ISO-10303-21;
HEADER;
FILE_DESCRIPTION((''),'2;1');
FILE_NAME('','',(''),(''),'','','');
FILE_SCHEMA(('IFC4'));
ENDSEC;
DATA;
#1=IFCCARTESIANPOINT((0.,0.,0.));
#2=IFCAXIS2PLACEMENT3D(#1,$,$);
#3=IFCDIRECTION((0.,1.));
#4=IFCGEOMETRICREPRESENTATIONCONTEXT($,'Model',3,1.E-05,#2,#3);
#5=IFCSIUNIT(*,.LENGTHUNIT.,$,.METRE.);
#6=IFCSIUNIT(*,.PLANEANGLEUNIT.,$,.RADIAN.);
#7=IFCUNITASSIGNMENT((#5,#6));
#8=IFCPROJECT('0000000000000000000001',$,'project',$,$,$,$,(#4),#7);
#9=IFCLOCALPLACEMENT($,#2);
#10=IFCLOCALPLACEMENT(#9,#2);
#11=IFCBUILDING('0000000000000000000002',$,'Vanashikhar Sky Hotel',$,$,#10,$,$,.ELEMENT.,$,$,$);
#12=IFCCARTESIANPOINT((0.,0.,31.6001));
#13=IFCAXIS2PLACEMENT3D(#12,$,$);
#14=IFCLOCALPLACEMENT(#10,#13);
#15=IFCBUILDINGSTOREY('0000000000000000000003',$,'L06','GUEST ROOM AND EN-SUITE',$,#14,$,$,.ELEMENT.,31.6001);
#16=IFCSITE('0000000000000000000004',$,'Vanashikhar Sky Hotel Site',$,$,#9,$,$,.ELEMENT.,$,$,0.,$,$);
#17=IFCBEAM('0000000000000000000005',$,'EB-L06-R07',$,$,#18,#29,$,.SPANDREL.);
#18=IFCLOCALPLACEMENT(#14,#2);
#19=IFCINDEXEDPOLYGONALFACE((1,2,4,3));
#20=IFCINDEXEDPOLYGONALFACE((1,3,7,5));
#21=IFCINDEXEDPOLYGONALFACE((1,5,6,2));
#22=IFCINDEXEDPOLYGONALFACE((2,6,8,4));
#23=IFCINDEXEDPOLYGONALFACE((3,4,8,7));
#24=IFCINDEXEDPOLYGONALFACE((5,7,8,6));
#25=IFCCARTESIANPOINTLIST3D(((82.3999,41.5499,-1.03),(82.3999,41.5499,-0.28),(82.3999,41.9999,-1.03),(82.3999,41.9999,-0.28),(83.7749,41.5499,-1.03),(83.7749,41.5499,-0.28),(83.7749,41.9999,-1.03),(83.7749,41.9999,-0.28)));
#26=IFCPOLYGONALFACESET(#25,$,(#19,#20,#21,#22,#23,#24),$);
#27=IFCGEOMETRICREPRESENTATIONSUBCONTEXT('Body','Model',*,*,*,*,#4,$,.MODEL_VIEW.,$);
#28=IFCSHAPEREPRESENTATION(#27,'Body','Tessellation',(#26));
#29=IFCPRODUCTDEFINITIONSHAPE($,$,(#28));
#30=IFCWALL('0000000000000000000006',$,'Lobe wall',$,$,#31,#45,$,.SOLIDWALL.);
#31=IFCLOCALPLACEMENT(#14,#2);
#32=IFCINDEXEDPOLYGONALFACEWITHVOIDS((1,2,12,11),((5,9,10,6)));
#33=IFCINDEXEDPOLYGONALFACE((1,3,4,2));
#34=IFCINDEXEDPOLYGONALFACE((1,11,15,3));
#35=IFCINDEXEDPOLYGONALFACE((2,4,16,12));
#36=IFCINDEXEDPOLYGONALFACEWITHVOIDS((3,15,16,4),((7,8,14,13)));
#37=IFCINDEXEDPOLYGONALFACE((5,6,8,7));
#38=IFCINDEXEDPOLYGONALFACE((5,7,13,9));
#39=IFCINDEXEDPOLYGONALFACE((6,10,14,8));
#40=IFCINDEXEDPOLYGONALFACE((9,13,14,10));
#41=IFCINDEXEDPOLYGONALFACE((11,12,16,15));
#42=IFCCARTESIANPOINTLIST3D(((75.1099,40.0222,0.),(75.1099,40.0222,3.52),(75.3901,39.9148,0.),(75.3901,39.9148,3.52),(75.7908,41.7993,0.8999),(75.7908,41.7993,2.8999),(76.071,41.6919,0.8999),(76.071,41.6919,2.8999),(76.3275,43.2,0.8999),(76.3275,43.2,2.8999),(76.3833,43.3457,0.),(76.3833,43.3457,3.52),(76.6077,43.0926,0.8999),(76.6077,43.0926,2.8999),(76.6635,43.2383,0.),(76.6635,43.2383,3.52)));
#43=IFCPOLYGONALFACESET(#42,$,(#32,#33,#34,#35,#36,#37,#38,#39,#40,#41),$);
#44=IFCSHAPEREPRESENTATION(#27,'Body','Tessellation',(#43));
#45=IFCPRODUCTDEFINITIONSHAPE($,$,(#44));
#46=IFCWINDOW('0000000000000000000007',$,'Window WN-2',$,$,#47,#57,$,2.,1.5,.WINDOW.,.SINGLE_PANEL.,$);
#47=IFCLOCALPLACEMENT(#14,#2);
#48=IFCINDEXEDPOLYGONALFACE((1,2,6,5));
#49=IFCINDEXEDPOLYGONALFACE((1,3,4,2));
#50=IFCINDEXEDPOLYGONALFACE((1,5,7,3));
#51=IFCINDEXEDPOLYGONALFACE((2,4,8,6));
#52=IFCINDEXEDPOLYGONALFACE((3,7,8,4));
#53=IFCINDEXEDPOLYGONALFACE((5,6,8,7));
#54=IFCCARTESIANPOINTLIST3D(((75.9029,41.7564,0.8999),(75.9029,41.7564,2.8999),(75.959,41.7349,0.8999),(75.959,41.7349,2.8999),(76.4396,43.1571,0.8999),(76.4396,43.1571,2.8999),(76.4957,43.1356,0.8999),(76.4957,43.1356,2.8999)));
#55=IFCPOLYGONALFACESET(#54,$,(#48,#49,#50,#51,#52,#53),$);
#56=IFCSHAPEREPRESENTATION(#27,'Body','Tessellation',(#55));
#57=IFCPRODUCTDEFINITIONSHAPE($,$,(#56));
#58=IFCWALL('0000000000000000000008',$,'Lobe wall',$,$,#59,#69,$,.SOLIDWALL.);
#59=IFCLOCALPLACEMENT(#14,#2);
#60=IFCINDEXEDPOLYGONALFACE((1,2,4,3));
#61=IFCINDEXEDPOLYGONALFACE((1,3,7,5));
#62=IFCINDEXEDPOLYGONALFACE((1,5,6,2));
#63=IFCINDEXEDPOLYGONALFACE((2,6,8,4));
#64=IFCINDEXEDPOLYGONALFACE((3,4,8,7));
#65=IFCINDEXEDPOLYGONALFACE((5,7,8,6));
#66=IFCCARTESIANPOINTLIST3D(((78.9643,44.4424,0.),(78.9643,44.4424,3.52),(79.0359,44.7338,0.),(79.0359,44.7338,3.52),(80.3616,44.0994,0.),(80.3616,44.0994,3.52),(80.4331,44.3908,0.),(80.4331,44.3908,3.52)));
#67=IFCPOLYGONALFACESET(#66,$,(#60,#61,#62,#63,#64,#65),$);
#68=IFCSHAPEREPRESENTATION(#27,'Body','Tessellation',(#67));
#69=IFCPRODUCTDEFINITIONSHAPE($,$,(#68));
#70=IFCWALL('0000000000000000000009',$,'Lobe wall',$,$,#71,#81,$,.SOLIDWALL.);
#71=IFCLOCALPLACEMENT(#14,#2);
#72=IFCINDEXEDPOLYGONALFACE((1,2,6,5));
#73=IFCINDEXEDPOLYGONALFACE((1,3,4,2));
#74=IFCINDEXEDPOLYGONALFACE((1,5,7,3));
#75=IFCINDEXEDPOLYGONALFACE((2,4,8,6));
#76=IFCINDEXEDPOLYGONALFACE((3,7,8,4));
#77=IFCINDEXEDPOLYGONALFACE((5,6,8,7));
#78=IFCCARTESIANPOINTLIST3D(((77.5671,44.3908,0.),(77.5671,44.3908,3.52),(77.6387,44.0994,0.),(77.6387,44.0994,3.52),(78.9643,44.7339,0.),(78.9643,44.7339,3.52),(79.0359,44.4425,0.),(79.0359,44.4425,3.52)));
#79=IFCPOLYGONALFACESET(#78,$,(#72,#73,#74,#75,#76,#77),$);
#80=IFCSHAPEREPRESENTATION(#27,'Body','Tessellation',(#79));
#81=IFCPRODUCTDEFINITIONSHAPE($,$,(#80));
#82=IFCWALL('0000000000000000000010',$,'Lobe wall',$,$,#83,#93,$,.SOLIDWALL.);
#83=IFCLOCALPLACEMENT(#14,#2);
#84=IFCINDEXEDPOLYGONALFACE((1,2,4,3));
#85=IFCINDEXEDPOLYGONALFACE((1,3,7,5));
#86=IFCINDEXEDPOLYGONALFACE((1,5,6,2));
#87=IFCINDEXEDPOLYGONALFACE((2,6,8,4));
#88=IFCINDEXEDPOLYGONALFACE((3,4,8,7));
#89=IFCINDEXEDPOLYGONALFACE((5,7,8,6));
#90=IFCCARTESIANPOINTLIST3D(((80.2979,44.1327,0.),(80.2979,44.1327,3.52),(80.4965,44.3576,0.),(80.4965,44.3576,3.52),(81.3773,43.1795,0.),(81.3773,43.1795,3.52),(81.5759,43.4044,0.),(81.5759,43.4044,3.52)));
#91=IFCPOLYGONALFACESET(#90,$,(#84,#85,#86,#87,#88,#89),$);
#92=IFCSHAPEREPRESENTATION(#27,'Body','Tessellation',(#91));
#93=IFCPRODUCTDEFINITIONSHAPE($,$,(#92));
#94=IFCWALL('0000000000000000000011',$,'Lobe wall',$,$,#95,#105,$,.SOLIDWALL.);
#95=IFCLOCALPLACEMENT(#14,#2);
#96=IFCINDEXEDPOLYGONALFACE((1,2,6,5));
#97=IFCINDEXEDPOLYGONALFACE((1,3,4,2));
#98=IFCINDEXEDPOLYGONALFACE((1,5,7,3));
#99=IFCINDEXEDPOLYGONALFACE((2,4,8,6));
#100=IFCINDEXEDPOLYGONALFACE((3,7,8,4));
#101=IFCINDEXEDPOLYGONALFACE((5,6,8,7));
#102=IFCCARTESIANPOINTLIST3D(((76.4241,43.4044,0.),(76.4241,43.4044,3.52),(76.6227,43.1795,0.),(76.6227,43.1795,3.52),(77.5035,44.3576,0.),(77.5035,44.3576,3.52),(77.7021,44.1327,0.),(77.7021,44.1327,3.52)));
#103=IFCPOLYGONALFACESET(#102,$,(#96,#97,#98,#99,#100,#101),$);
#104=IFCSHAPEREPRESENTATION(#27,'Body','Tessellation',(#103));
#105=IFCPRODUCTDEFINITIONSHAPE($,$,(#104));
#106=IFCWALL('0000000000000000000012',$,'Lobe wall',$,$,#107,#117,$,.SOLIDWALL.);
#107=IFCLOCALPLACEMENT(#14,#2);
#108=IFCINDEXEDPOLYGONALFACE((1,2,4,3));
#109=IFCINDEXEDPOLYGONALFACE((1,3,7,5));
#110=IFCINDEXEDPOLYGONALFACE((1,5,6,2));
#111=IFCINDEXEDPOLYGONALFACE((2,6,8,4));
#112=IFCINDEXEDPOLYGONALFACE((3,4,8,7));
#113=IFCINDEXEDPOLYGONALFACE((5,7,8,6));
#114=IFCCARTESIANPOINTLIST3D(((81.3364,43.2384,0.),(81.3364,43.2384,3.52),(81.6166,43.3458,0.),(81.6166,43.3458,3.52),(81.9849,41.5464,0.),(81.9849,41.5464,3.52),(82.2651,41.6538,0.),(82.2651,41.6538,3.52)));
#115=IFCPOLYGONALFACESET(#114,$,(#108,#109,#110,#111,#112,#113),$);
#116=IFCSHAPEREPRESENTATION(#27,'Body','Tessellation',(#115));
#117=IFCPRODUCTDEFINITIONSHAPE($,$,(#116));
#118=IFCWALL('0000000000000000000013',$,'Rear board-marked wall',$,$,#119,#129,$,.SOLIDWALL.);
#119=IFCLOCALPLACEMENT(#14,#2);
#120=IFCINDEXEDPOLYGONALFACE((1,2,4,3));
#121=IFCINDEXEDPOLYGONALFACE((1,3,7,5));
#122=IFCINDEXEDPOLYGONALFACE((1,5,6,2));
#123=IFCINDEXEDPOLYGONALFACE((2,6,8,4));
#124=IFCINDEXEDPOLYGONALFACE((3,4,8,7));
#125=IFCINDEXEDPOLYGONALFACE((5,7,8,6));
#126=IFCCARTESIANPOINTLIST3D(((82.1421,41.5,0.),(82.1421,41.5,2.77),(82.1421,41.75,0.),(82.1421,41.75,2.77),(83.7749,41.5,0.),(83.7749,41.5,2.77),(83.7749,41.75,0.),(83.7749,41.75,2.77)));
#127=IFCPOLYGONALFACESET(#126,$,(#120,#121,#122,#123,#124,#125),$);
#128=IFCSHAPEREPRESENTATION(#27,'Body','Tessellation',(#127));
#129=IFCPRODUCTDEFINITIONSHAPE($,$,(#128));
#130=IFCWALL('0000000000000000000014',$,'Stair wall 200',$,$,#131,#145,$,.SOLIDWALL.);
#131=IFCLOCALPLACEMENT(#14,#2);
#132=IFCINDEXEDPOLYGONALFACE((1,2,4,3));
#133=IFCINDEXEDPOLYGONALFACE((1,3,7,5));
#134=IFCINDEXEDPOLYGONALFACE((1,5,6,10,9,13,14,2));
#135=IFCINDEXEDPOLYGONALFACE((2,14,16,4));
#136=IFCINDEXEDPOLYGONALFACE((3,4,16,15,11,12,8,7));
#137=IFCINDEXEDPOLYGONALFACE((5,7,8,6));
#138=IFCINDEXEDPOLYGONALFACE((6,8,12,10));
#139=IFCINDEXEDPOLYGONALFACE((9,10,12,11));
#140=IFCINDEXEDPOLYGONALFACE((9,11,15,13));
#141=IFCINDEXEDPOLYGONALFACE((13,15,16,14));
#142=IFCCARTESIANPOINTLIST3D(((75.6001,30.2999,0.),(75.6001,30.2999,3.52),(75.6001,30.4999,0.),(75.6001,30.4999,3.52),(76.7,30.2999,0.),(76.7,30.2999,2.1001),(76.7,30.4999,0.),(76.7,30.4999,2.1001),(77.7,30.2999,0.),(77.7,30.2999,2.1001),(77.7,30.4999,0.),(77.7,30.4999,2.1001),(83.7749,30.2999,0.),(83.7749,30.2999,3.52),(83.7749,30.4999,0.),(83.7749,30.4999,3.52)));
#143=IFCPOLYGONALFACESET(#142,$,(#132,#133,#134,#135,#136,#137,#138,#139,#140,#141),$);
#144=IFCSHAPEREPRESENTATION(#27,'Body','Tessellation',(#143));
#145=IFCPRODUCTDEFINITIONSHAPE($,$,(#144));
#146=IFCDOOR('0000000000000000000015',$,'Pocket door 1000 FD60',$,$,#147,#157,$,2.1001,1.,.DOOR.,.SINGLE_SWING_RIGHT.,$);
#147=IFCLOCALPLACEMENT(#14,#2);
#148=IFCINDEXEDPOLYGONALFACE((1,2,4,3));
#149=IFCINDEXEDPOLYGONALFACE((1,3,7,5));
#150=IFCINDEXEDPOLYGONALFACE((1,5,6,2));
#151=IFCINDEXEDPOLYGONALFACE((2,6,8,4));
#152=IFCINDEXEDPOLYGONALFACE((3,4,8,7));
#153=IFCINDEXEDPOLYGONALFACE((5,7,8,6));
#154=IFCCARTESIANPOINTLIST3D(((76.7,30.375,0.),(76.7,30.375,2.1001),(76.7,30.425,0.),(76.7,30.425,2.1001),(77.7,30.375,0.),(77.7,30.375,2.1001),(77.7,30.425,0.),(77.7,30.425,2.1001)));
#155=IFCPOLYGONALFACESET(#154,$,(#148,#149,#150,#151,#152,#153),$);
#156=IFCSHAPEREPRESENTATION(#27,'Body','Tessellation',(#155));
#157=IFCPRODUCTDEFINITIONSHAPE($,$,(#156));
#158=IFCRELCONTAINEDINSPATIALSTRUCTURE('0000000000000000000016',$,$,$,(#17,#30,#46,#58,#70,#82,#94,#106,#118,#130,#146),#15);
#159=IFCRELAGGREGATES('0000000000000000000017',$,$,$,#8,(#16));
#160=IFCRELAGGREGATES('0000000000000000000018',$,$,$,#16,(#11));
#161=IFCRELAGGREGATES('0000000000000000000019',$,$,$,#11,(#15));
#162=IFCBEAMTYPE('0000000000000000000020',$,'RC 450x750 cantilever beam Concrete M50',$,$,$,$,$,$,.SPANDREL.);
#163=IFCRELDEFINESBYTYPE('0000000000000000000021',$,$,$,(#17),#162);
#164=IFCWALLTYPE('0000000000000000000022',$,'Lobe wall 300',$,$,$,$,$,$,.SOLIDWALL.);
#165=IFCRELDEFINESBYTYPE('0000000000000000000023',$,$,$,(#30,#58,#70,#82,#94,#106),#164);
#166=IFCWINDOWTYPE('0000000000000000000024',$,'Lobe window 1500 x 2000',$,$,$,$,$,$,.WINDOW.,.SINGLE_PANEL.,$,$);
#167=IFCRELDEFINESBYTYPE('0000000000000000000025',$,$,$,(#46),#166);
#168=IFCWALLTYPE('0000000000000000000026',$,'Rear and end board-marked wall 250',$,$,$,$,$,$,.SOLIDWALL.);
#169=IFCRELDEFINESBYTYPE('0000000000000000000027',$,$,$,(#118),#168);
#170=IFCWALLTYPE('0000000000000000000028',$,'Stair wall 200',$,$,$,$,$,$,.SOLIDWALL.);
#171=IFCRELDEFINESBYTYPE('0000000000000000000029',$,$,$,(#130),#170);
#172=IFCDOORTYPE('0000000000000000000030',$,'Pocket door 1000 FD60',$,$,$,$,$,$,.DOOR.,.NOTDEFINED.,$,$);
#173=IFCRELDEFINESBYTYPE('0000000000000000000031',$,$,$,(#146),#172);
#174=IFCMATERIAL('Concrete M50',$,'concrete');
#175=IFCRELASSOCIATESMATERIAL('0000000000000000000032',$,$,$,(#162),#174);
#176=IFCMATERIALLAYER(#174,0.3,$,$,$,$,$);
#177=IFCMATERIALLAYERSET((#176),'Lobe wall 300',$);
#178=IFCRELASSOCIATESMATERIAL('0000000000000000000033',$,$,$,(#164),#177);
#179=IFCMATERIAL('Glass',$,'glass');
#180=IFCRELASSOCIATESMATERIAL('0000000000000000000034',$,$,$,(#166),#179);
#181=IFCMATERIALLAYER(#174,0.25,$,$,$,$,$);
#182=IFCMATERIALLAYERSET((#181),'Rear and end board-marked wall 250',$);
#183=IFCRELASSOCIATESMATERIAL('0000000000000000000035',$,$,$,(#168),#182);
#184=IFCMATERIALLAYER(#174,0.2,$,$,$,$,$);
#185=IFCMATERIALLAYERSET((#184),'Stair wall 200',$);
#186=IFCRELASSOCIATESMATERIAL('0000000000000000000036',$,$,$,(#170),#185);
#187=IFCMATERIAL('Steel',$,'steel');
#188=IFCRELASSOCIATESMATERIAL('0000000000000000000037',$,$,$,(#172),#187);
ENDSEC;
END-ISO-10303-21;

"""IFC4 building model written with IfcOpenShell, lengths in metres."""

from ifc_helpers import new_model, si_unit, direction, frame, frame_2d, origin, origin_2d, place, context, subcontext, project, spatial, rectangle, extrude, source, transform, mapped, material, layer, layer_set, material_profile, profile_set, type_object, element, fill, save


model = new_model("IFC4")

# Units and contexts
model_context = context("Model", 3, precision=1e-05, world=origin(), true_north=direction((0.0, 1.0)))
body_context = subcontext(model_context, "Body", "Model", "MODEL_VIEW")
ifc_project = project(units=[si_unit("LENGTHUNIT", "METRE"), si_unit("PLANEANGLEUNIT", "RADIAN")], contexts=[model_context])

# Site, building, storey
site_placement = place(None, origin())
site = spatial("IfcSite", under=ifc_project, at=site_placement, Name="Vanashikhar Sky Hotel Site", CompositionType="ELEMENT", RefElevation=0.0)
building_placement = place(site_placement, origin())
building = spatial("IfcBuilding", under=site, at=building_placement, Name="Vanashikhar Sky Hotel", CompositionType="ELEMENT")
storey_placement = place(building_placement, frame((0.0, 0.0, 31.6001)))
storey = spatial("IfcBuildingStorey", under=building, at=storey_placement, Name="L06", Description="GUEST ROOM AND EN-SUITE", CompositionType="ELEMENT", Elevation=31.6001)

# Beam
ifc_material_1 = material(Name="Concrete M50", Category="concrete")
ifc_material_profile_1 = material_profile(ifc_material_1, rectangle(XDim=0.45, YDim=0.75, at=origin_2d()))
ifc_profile_set_1 = profile_set([ifc_material_profile_1], Name="RC 450x750 cantilever beam Concrete M50")
beam_type = type_object("IfcBeamType", Name="RC 450x750 cantilever beam Concrete M50", PredefinedType="SPANDREL", material=ifc_profile_set_1)
shared_shape_1 = source(origin(), body_context, "Body", "SweptSolid", [
    extrude(rectangle(XDim=0.45, YDim=0.75, at=origin_2d()), origin(), (0.0, 0.0, 1.0), 1.375),
])
beam_placement = place(storey_placement, frame((82.3999, 41.7749, -0.655), z_axis=(1.0, 0.0, 0.0), x_axis=(0.0, 1.0, 0.0)))
element("IfcBeam", 1, at=beam_placement, inside=storey, type_object=beam_type, Name="EB-L06-R07", PredefinedType="SPANDREL", context=body_context, shape_type="MappedRepresentation", body=[
    mapped(shared_shape_1, transform((0.0, 0.0, 0.0), scale=1.0)),
])

# Wall, opening, window
ifc_layer_1 = layer(ifc_material_1, 0.3)
ifc_layer_set_1 = layer_set([ifc_layer_1], Name="Lobe wall 300")
wall_type_1 = type_object("IfcWallType", Name="Lobe wall 300", PredefinedType="SOLIDWALL", material=ifc_layer_set_1)
shared_shape_2 = source(origin(), body_context, "Body", "SweptSolid", [
    extrude(rectangle(XDim=3.5591, YDim=0.3, at=frame_2d((1.7795, 0.0))), origin(), (0.0, 0.0, 1.0), 3.52),
])
wall_1_placement = place(storey_placement, frame((76.5234, 43.292, 0.0), z_axis=(0.0, 0.0, 1.0), x_axis=(-0.357797, -0.933799, 0.0)))
wall_1 = element("IfcWall", 2, at=wall_1_placement, inside=storey, type_object=wall_type_1, Name="Lobe wall", PredefinedType="SOLIDWALL", context=body_context, shape_type="MappedRepresentation", body=[
    mapped(shared_shape_2, transform((0.0, 0.0, 0.0), scale=1.0)),
])
shared_shape_3 = source(origin(), body_context, "Body", "SweptSolid", [
    extrude(rectangle(XDim=1.5, YDim=2.0, at=frame_2d((0.75, 1.0))), frame((0.0, 0.1602, 0.0), z_axis=(0.0, -1.0, 0.0), x_axis=(1.0, 0.0, 0.0)), (0.0, 0.0, 1.0), 0.3201),
])
opening_1_placement = place(wall_1_placement, frame((0.156, 0.0, 0.8999)))
opening_1 = element("IfcOpeningElement", 3, at=opening_1_placement, cuts=wall_1, PredefinedType="OPENING", context=body_context, shape_type="MappedRepresentation", body=[
    mapped(shared_shape_3, transform((0.0, 0.0, 0.0), scale=1.0)),
])
ifc_material_2 = material(Name="Glass", Category="glass")
window_type = type_object("IfcWindowType", Name="Lobe window 1500 x 2000", PartitioningType="SINGLE_PANEL", PredefinedType="WINDOW", material=ifc_material_2)
shared_shape_4 = source(origin(), body_context, "Body", "SweptSolid", [
    extrude(rectangle(XDim=1.5, YDim=2.0, at=frame_2d((0.75, 1.0))), frame((0.0, 0.03, 0.0), z_axis=(0.0, -1.0, 0.0), x_axis=(1.0, 0.0, 0.0)), (0.0, 0.0, 1.0), 0.0601),
])
window_placement = place(opening_1_placement, origin())
window = element("IfcWindow", 4, at=window_placement, inside=storey, type_object=window_type, Name="Window WN-2", OverallHeight=2.0, OverallWidth=1.5, PartitioningType="SINGLE_PANEL", PredefinedType="WINDOW", context=body_context, shape_type="MappedRepresentation", body=[
    mapped(shared_shape_4, transform((0.0, 0.0, 0.0), scale=1.0)),
])
fill(opening_1, window)

# Walls
shared_shape_5 = source(origin(), body_context, "Body", "SweptSolid", [
    extrude(rectangle(XDim=1.4387, YDim=0.3, at=frame_2d((0.7192, 0.0))), origin(), (0.0, 0.0, 1.0), 3.52),
])
for number, where, z_axis, x_axis, name in (
    (5, (80.3972, 44.2451, 0.0), (0.0, 0.0, 1.0), (-0.971162, 0.238421, 0.0), "Lobe wall"),
    (6, (79.0, 44.5881, 0.0), (0.0, 0.0, 1.0), (-0.971162, -0.238421, 0.0), "Lobe wall"),
):
    element("IfcWall", number, at=place(storey_placement, frame(where, z_axis=z_axis, x_axis=x_axis)), inside=storey, type_object=wall_type_1, Name=name, PredefinedType="SOLIDWALL", context=body_context, shape_type="MappedRepresentation", body=[
        mapped(shared_shape_5, transform((0.0, 0.0, 0.0), scale=1.0)),
    ])
shared_shape_6 = source(origin(), body_context, "Body", "SweptSolid", [
    extrude(rectangle(XDim=1.4399, YDim=0.3, at=frame_2d((0.72, 0.0))), origin(), (0.0, 0.0, 1.0), 3.52),
])
for number, where, z_axis, x_axis, name in (
    (7, (81.4766, 43.292, 0.0), (0.0, 0.0, 1.0), (-0.749576, 0.661919, 0.0), "Lobe wall"),
    (8, (77.6028, 44.2451, 0.0), (0.0, 0.0, 1.0), (-0.749576, -0.661919, 0.0), "Lobe wall"),
):
    element("IfcWall", number, at=place(storey_placement, frame(where, z_axis=z_axis, x_axis=x_axis)), inside=storey, type_object=wall_type_1, Name=name, PredefinedType="SOLIDWALL", context=body_context, shape_type="MappedRepresentation", body=[
        mapped(shared_shape_6, transform((0.0, 0.0, 0.0), scale=1.0)),
    ])
shared_shape_7 = source(origin(), body_context, "Body", "SweptSolid", [
    extrude(rectangle(XDim=1.812, YDim=0.3, at=frame_2d((0.906, 0.0))), origin(), (0.0, 0.0, 1.0), 3.52),
])
wall_2_placement = place(storey_placement, frame((82.125, 41.6001, 0.0), z_axis=(0.0, 0.0, 1.0), x_axis=(-0.357877, 0.933769, 0.0)))
element("IfcWall", 9, at=wall_2_placement, inside=storey, type_object=wall_type_1, Name="Lobe wall", PredefinedType="SOLIDWALL", context=body_context, shape_type="MappedRepresentation", body=[
    mapped(shared_shape_7, transform((0.0, 0.0, 0.0), scale=1.0)),
])
ifc_layer_2 = layer(ifc_material_1, 0.25)
ifc_layer_set_2 = layer_set([ifc_layer_2], Name="Rear and end board-marked wall 250")
wall_type_2 = type_object("IfcWallType", Name="Rear and end board-marked wall 250", PredefinedType="SOLIDWALL", material=ifc_layer_set_2)
shared_shape_8 = source(origin(), body_context, "Body", "SweptSolid", [
    extrude(rectangle(XDim=1.6328, YDim=0.25, at=frame_2d((0.8164, 0.0))), origin(), (0.0, 0.0, 1.0), 2.77),
])
wall_3_placement = place(storey_placement, frame((83.7749, 41.625, 0.0), z_axis=(0.0, 0.0, 1.0), x_axis=(-1.0, 0.0, 0.0)))
element("IfcWall", 10, at=wall_3_placement, inside=storey, type_object=wall_type_2, Name="Rear board-marked wall", PredefinedType="SOLIDWALL", context=body_context, shape_type="MappedRepresentation", body=[
    mapped(shared_shape_8, transform((0.0, 0.0, 0.0), scale=1.0)),
])

# Wall, opening, door
ifc_layer_3 = layer(ifc_material_1, 0.2)
ifc_layer_set_3 = layer_set([ifc_layer_3], Name="Stair wall 200")
wall_type_3 = type_object("IfcWallType", Name="Stair wall 200", PredefinedType="SOLIDWALL", material=ifc_layer_set_3)
shared_shape_9 = source(origin(), body_context, "Body", "SweptSolid", [
    extrude(rectangle(XDim=8.1748, YDim=0.2, at=frame_2d((4.0874, 0.0))), origin(), (0.0, 0.0, 1.0), 3.52),
])
wall_4_placement = place(storey_placement, frame((83.7749, 30.3999, 0.0), z_axis=(0.0, 0.0, 1.0), x_axis=(-1.0, 0.0, 0.0)))
wall_4 = element("IfcWall", 11, at=wall_4_placement, inside=storey, type_object=wall_type_3, Name="Stair wall 200", PredefinedType="SOLIDWALL", context=body_context, shape_type="MappedRepresentation", body=[
    mapped(shared_shape_9, transform((0.0, 0.0, 0.0), scale=1.0)),
])
shared_shape_10 = source(origin(), body_context, "Body", "SweptSolid", [
    extrude(rectangle(XDim=1.0, YDim=2.1001, at=frame_2d((0.5, 1.05))), frame((0.0, 0.1099, 0.0), z_axis=(0.0, -1.0, 0.0), x_axis=(1.0, 0.0, 0.0)), (0.0, 0.0, 1.0), 0.22),
])
opening_2_placement = place(wall_4_placement, frame((6.075, 0.0, 0.0)))
opening_2 = element("IfcOpeningElement", 12, at=opening_2_placement, cuts=wall_4, PredefinedType="OPENING", context=body_context, shape_type="MappedRepresentation", body=[
    mapped(shared_shape_10, transform((0.0, 0.0, 0.0), scale=1.0)),
])
ifc_material_3 = material(Name="Steel", Category="steel")
door_type = type_object("IfcDoorType", Name="Pocket door 1000 FD60", OperationType="NOTDEFINED", PredefinedType="DOOR", material=ifc_material_3)
shared_shape_11 = source(origin(), body_context, "Body", "SweptSolid", [
    extrude(rectangle(XDim=1.0, YDim=2.1001, at=frame_2d((0.5, 1.05))), frame((0.0, 0.0249, 0.0), z_axis=(0.0, -1.0, 0.0), x_axis=(1.0, 0.0, 0.0)), (0.0, 0.0, 1.0), 0.05),
])
door_placement = place(opening_2_placement, origin())
door = element("IfcDoor", 13, at=door_placement, inside=storey, type_object=door_type, Name="Pocket door 1000 FD60", OperationType="SINGLE_SWING_RIGHT", OverallHeight=2.1001, OverallWidth=1.0, PredefinedType="DOOR", context=body_context, shape_type="MappedRepresentation", body=[
    mapped(shared_shape_11, transform((0.0, 0.0, 0.0), scale=1.0)),
])
fill(opening_2, door)

save(model, "model.ifc")
